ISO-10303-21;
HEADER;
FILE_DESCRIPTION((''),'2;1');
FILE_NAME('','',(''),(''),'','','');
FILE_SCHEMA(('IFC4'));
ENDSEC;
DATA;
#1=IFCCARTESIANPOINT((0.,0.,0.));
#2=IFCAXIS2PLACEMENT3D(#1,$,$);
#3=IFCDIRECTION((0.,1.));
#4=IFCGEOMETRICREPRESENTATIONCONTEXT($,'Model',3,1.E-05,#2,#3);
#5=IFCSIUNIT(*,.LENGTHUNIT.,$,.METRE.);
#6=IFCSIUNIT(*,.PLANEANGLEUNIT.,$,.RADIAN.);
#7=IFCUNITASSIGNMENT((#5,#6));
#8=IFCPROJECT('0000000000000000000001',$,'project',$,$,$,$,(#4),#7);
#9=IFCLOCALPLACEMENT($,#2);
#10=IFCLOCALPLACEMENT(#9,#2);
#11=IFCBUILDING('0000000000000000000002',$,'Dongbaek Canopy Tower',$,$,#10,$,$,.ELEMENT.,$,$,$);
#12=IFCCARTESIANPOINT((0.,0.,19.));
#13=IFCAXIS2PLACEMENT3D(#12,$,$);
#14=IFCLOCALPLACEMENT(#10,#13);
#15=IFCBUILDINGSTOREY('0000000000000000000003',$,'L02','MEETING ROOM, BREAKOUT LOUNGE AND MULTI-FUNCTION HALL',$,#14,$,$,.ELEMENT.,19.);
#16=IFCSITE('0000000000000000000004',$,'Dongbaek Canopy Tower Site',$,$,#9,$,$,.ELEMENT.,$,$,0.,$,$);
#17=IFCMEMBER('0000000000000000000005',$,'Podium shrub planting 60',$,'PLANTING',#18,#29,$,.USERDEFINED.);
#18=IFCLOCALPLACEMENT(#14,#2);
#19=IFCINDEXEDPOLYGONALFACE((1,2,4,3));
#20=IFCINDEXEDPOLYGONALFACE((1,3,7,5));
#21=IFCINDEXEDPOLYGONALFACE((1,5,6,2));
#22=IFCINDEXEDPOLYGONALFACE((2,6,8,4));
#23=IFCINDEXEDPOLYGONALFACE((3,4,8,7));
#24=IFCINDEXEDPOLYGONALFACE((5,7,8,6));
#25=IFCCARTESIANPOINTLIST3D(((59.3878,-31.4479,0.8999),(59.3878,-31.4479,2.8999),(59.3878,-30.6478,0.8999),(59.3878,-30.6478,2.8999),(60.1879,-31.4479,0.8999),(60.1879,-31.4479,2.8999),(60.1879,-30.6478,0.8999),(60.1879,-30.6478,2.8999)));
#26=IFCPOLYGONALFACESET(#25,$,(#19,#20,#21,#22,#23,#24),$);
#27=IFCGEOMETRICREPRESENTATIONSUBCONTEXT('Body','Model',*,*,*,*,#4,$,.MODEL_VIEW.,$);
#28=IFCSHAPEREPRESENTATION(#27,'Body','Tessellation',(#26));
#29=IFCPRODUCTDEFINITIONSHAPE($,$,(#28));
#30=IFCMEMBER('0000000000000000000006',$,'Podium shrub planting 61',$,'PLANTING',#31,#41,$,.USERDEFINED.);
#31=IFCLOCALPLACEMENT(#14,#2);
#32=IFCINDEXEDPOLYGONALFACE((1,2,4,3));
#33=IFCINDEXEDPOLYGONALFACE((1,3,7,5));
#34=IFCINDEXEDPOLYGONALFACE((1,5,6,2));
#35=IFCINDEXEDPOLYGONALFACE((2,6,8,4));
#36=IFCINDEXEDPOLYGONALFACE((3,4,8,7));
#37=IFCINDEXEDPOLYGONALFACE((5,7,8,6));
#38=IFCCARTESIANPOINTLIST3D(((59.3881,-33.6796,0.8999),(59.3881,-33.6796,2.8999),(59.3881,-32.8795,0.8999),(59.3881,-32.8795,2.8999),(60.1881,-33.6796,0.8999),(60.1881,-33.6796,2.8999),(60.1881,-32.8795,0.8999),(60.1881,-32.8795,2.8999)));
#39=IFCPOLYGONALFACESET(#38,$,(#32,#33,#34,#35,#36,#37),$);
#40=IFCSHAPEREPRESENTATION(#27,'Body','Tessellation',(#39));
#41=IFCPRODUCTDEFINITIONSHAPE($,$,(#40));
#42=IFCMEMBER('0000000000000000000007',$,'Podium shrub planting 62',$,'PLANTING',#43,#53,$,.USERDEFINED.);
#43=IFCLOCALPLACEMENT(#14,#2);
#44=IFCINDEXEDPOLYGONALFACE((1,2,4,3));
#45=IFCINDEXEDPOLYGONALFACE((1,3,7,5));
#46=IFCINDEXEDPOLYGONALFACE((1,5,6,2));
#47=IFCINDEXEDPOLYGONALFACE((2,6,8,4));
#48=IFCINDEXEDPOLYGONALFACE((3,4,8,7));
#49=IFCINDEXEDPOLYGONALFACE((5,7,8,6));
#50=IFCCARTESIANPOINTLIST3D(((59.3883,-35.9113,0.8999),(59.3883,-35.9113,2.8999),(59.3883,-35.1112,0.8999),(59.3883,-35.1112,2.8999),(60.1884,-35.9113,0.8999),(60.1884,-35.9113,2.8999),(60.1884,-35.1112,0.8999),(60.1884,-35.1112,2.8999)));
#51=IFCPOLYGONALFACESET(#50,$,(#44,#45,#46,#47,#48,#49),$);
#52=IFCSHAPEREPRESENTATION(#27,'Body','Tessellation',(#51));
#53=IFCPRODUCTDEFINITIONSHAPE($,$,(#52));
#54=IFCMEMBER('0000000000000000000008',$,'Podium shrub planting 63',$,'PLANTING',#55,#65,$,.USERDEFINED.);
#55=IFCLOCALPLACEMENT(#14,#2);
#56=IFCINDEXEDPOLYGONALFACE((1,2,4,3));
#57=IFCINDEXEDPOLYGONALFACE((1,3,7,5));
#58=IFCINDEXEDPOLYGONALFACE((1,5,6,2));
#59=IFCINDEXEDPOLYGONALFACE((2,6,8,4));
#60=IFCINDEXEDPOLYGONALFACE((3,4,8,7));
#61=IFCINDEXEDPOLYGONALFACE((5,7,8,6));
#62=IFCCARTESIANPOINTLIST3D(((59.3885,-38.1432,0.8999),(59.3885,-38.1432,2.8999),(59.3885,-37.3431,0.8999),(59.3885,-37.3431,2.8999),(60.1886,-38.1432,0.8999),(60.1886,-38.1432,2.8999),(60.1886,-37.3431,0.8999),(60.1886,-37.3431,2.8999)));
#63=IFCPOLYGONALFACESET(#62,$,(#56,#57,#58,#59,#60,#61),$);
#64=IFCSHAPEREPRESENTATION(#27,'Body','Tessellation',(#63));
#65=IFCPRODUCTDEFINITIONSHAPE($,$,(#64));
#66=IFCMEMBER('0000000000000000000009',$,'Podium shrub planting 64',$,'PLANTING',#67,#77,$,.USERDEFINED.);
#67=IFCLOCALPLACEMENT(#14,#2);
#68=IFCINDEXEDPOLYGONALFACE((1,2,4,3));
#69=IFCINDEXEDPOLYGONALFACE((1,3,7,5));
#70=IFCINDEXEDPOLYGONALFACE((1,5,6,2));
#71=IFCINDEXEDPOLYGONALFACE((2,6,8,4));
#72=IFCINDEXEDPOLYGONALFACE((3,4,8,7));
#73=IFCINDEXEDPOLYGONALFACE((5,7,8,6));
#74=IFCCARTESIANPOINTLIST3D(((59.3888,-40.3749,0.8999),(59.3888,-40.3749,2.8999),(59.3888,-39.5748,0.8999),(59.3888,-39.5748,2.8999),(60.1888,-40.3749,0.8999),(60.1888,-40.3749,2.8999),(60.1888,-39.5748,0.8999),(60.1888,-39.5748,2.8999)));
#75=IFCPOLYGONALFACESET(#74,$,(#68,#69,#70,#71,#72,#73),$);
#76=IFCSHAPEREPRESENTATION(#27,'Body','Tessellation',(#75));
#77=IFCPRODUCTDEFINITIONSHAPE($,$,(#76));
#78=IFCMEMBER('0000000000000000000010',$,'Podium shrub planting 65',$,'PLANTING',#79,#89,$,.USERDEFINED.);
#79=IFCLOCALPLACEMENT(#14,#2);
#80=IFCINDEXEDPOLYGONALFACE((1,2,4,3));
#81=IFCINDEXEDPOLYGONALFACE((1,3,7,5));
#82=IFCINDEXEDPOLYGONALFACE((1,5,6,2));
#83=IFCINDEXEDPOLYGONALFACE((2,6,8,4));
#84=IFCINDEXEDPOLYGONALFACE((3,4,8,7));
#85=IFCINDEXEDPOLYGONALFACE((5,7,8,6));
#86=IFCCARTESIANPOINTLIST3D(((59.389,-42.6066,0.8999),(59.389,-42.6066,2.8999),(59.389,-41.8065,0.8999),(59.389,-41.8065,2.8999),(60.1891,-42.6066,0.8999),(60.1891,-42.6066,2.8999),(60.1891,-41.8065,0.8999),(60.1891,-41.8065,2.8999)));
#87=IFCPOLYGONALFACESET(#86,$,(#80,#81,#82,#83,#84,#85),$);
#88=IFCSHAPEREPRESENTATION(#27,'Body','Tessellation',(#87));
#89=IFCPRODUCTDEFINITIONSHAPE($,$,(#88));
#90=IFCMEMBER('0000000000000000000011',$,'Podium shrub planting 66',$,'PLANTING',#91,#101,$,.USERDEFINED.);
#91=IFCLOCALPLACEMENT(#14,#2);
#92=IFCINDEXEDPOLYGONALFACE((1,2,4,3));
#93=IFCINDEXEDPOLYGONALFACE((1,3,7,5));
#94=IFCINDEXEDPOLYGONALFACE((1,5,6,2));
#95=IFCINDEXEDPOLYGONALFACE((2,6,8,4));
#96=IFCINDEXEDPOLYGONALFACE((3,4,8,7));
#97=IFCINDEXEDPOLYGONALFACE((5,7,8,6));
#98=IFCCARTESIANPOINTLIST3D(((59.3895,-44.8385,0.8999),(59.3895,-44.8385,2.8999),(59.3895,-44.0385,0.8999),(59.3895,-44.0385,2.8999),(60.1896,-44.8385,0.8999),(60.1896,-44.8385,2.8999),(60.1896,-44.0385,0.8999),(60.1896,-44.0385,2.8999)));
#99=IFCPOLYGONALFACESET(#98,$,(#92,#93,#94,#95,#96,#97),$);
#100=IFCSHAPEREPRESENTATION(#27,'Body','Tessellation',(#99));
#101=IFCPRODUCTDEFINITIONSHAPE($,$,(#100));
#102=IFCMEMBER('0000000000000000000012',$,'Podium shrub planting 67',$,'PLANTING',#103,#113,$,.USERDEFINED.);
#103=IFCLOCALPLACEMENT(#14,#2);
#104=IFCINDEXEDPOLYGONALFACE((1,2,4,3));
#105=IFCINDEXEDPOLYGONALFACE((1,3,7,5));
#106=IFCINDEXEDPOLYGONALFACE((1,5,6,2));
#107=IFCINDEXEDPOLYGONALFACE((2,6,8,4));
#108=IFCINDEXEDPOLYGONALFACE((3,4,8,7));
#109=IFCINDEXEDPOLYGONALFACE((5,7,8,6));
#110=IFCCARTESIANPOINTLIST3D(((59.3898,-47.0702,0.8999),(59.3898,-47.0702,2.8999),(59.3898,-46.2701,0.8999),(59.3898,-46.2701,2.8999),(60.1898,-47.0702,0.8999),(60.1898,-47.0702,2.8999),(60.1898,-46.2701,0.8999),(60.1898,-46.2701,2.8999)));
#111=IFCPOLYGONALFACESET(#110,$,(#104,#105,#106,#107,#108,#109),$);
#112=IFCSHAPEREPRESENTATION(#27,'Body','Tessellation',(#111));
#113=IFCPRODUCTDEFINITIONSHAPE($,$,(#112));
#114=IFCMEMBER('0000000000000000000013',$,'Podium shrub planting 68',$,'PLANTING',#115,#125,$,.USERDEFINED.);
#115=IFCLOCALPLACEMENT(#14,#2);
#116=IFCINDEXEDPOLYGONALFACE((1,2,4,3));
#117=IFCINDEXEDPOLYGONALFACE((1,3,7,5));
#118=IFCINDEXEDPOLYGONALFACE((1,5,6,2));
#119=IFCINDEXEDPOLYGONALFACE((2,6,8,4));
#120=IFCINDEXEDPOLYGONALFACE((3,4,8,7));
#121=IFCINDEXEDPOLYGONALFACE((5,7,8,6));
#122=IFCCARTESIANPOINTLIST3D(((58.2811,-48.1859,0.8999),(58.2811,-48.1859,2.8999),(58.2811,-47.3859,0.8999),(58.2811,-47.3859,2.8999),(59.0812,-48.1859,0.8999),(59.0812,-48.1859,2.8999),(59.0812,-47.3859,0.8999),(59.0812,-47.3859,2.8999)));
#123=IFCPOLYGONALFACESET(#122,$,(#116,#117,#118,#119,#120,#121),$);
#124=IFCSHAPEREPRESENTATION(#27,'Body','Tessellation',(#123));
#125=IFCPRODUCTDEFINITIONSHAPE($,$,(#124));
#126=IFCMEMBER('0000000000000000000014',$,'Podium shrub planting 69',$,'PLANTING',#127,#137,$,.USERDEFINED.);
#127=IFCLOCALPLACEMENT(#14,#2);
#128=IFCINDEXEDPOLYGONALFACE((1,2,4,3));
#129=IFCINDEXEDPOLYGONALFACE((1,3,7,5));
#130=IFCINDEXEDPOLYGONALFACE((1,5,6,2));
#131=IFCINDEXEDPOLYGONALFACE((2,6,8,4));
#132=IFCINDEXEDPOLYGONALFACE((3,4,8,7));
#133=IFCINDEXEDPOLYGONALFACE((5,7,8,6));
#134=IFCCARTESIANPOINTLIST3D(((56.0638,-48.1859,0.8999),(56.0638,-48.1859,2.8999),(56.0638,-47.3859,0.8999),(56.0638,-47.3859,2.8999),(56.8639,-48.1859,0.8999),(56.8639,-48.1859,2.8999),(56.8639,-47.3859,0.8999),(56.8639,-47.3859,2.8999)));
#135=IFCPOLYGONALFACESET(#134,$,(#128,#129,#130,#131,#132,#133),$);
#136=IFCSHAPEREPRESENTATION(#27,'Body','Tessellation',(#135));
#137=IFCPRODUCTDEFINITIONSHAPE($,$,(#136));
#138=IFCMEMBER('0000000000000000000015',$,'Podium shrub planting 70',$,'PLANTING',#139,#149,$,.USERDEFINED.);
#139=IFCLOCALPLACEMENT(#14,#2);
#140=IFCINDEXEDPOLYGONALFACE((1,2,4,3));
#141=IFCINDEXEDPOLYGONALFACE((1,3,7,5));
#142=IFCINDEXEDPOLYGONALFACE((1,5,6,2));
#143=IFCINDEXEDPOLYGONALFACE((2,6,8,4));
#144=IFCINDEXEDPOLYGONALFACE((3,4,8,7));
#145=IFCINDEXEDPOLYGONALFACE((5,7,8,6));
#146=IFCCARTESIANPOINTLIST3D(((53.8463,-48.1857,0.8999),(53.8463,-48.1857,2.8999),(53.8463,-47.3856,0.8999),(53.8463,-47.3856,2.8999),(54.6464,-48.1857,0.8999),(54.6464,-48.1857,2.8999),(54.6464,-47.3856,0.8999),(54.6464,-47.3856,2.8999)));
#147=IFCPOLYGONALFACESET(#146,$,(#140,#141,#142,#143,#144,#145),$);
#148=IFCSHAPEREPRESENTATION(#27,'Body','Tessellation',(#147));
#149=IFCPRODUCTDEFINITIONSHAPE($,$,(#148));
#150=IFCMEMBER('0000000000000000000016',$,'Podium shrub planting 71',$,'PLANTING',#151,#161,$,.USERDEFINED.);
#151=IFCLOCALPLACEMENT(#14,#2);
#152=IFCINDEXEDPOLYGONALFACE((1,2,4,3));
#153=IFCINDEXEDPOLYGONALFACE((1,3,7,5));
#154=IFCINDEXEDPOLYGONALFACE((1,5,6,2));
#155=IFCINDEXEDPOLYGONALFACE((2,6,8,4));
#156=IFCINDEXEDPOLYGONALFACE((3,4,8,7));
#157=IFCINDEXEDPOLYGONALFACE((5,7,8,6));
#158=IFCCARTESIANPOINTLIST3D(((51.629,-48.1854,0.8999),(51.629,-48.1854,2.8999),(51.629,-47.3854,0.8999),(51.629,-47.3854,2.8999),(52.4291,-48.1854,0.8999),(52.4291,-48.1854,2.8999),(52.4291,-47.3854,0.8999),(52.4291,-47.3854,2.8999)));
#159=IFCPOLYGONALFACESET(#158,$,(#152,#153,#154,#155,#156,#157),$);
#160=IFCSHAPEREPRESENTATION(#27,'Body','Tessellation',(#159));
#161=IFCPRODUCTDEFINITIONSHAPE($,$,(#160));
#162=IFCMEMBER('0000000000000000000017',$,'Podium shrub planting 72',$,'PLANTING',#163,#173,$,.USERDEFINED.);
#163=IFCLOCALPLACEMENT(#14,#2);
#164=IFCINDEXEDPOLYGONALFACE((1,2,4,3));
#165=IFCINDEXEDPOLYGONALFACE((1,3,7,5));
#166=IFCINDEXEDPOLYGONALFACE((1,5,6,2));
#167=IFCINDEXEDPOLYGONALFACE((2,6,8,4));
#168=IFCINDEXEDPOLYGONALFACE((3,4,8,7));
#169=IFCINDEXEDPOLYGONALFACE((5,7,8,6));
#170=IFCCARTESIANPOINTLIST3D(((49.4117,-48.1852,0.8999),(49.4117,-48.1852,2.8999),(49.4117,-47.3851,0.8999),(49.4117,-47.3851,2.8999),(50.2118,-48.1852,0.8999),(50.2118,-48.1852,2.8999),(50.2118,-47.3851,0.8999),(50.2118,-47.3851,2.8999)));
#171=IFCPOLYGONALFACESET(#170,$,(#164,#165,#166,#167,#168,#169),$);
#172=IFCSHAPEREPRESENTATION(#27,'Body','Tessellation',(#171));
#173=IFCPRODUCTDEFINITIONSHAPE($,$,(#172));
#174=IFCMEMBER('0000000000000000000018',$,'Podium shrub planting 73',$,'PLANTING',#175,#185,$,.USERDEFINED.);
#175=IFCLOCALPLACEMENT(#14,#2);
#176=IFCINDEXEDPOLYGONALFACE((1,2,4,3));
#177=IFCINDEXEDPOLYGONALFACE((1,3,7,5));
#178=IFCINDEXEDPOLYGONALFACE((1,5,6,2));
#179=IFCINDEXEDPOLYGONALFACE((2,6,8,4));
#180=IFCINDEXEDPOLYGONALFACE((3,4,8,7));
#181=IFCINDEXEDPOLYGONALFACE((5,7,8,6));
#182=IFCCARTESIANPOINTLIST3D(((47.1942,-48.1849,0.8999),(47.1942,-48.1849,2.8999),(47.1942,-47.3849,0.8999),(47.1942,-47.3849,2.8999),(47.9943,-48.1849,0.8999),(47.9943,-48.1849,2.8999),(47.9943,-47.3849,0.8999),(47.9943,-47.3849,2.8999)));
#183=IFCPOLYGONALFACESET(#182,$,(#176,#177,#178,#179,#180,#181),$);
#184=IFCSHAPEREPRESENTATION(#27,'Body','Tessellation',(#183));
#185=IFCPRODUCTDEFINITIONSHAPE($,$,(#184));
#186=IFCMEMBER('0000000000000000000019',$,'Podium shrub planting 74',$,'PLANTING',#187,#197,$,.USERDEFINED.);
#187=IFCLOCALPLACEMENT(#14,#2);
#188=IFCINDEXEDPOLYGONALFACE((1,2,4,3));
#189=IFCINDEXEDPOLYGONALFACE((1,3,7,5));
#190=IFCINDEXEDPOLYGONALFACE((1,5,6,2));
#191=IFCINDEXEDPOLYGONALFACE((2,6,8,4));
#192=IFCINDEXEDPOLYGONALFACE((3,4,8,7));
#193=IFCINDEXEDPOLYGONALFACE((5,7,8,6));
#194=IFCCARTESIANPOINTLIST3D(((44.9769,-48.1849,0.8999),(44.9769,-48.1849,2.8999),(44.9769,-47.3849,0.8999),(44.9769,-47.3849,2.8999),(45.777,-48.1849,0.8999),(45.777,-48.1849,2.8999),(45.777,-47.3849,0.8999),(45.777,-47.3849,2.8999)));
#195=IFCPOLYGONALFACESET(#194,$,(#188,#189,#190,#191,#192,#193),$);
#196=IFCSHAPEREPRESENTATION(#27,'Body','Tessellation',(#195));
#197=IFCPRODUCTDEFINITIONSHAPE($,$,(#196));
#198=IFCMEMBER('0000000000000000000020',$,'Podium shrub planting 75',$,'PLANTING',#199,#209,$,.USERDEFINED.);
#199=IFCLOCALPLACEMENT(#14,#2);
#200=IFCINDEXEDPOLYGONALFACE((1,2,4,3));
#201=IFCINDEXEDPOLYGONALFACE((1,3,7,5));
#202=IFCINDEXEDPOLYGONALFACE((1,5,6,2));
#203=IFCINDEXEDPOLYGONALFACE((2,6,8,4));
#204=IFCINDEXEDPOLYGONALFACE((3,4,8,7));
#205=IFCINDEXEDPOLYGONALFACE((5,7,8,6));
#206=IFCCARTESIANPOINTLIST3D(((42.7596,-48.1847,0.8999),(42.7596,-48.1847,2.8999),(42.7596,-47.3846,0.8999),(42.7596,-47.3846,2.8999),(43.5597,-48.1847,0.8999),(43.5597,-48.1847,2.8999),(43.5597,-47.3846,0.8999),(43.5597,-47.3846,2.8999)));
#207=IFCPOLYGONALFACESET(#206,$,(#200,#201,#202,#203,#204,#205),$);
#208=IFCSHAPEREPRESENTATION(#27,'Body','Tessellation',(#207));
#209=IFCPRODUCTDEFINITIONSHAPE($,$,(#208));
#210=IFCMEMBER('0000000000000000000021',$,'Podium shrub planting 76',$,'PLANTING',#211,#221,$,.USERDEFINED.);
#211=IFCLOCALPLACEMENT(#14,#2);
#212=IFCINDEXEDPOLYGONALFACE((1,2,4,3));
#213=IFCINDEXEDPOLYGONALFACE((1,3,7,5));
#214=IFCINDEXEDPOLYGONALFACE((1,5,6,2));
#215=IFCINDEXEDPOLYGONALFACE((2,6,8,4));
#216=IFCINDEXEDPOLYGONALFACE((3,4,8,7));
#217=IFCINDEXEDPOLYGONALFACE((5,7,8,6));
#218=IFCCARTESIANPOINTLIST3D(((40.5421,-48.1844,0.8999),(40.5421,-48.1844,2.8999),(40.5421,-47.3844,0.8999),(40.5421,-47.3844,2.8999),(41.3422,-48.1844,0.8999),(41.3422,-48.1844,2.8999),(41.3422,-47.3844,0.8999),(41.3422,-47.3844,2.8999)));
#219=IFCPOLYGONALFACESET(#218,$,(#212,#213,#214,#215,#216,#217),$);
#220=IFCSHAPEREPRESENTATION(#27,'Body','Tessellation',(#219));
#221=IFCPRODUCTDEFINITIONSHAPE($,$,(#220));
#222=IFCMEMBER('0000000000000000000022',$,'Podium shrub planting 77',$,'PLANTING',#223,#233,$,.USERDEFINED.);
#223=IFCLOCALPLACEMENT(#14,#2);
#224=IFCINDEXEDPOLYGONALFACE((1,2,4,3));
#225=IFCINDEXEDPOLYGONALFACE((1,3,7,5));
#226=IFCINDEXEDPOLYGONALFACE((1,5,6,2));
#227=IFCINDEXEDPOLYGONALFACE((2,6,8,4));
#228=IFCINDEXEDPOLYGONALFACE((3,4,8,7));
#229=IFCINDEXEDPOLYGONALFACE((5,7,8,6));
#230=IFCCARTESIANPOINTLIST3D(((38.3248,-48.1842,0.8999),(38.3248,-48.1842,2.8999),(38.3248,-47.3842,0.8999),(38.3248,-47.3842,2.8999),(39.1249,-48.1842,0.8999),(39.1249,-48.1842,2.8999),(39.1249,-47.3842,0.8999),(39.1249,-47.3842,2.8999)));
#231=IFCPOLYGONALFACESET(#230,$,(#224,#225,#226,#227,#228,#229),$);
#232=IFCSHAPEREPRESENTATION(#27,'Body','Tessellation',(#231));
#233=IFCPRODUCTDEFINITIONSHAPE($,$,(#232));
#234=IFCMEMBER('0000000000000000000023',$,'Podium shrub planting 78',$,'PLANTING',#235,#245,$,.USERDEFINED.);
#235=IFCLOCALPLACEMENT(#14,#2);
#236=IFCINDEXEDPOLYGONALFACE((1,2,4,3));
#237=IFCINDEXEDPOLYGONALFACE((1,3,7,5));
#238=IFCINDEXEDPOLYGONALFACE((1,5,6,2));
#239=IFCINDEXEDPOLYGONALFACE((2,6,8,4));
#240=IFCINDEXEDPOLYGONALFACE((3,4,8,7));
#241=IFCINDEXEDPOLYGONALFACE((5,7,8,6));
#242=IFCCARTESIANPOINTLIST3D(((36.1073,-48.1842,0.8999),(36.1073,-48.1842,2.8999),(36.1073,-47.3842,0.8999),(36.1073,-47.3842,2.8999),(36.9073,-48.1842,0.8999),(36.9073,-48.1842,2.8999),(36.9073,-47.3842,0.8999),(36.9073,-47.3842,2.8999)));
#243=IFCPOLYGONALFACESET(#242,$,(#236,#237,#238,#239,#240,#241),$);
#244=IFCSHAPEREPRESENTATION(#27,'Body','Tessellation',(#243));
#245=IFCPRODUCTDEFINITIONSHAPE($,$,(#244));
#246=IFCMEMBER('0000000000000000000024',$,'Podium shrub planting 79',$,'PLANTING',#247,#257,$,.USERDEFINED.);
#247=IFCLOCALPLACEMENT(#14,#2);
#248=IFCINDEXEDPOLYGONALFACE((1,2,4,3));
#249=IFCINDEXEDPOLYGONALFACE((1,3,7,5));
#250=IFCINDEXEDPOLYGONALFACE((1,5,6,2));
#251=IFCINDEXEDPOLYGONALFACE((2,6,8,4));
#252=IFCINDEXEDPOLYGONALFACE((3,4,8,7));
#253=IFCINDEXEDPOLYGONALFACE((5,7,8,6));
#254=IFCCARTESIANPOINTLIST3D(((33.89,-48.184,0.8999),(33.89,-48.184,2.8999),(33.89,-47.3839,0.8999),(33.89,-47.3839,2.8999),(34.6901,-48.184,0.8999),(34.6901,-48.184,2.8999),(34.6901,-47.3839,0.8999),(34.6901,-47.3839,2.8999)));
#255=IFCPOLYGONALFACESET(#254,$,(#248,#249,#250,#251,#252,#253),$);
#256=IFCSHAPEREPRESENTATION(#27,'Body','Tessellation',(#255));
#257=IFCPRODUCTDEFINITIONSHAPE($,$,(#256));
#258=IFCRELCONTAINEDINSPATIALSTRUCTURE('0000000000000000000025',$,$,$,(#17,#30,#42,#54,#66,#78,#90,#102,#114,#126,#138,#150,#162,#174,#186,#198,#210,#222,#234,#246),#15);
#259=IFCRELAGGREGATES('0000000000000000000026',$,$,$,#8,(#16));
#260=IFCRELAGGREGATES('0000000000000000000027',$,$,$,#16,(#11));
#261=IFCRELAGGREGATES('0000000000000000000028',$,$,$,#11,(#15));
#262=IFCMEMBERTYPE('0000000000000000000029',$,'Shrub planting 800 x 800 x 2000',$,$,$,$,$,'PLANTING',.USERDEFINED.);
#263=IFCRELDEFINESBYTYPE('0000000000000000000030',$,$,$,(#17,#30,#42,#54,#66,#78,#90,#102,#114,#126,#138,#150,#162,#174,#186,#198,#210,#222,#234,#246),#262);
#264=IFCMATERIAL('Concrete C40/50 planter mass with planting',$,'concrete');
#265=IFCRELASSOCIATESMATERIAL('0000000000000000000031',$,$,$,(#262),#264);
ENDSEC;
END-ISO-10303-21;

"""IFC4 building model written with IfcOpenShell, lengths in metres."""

from ifc_helpers import new_model, si_unit, direction, frame, origin, origin_2d, place, context, subcontext, project, spatial, rectangle, extrude, material, material_profile, profile_set, type_object, element, save


model = new_model("IFC4")

# Units and contexts
model_context = context("Model", 3, precision=1e-05, world=origin(), true_north=direction((0.0, 1.0)))
body_context = subcontext(model_context, "Body", "Model", "MODEL_VIEW")
ifc_project = project(units=[si_unit("LENGTHUNIT", "METRE"), si_unit("PLANEANGLEUNIT", "RADIAN")], contexts=[model_context])

# Site, building, storey
site_placement = place(None, origin())
site = spatial("IfcSite", under=ifc_project, at=site_placement, Name="Dongbaek Canopy Tower Site", CompositionType="ELEMENT", RefElevation=0.0)
building_placement = place(site_placement, origin())
building = spatial("IfcBuilding", under=site, at=building_placement, Name="Dongbaek Canopy Tower", CompositionType="ELEMENT")
storey_placement = place(building_placement, frame((0.0, 0.0, 19.0)))
storey = spatial("IfcBuildingStorey", under=building, at=storey_placement, Name="L02", Description="MEETING ROOM, BREAKOUT LOUNGE AND MULTI-FUNCTION HALL", CompositionType="ELEMENT", Elevation=19.0)

# Members
ifc_material_1 = material(Name="Concrete C40/50 planter mass with planting", Category="concrete")
ifc_material_profile = material_profile(ifc_material_1, rectangle(XDim=0.8, YDim=0.8, at=origin_2d()), Name="Shrub planting 800 x 800 x 2000")
ifc_profile_set = profile_set([ifc_material_profile], Name="Concrete C40/50 planter mass with planting")
member_type = type_object("IfcMemberType", Name="Shrub planting 800 x 800 x 2000", ElementType="PLANTING", PredefinedType="USERDEFINED", material=ifc_profile_set)
for number, where, z_axis, x_axis, name in (
    (1, (59.7878, -31.0479, 0.8999), (0.0, 0.0, 1.0), (1.0, 0.0, 0.0), "Podium shrub planting 60"),
    (2, (59.7881, -33.2795, 0.8999), (0.0, 0.0, 1.0), (1.0, 0.0, 0.0), "Podium shrub planting 61"),
    (3, (59.7883, -35.5112, 0.8999), (0.0, 0.0, 1.0), (1.0, 0.0, 0.0), "Podium shrub planting 62"),
    (4, (59.7886, -37.7432, 0.8999), (0.0, 0.0, 1.0), (1.0, 0.0, 0.0), "Podium shrub planting 63"),
    (5, (59.7888, -39.9749, 0.8999), (0.0, 0.0, 1.0), (1.0, 0.0, 0.0), "Podium shrub planting 64"),
    (6, (59.7891, -42.2065, 0.8999), (0.0, 0.0, 1.0), (1.0, 0.0, 0.0), "Podium shrub planting 65"),
    (7, (59.7896, -44.4385, 0.8999), (0.0, 0.0, 1.0), (1.0, 0.0, 0.0), "Podium shrub planting 66"),
    (8, (59.7898, -46.6702, 0.8999), (0.0, 0.0, 1.0), (1.0, 0.0, 0.0), "Podium shrub planting 67"),
    (9, (58.6812, -47.7859, 0.8999), (0.0, 0.0, 1.0), (1.0, 0.0, 0.0), "Podium shrub planting 68"),
    (10, (56.4639, -47.7859, 0.8999), (0.0, 0.0, 1.0), (1.0, 0.0, 0.0), "Podium shrub planting 69"),
    (11, (54.2463, -47.7856, 0.8999), (0.0, 0.0, 1.0), (1.0, 0.0, 0.0), "Podium shrub planting 70"),
    (12, (52.0291, -47.7854, 0.8999), (0.0, 0.0, 1.0), (1.0, 0.0, 0.0), "Podium shrub planting 71"),
    (13, (49.8118, -47.7852, 0.8999), (0.0, 0.0, 1.0), (1.0, 0.0, 0.0), "Podium shrub planting 72"),
    (14, (47.5942, -47.7849, 0.8999), (0.0, 0.0, 1.0), (1.0, 0.0, 0.0), "Podium shrub planting 73"),
    (15, (45.377, -47.7849, 0.8999), (0.0, 0.0, 1.0), (1.0, 0.0, 0.0), "Podium shrub planting 74"),
    (16, (43.1597, -47.7847, 0.8999), (0.0, 0.0, 1.0), (1.0, 0.0, 0.0), "Podium shrub planting 75"),
    (17, (40.9421, -47.7844, 0.8999), (0.0, 0.0, 1.0), (1.0, 0.0, 0.0), "Podium shrub planting 76"),
    (18, (38.7249, -47.7842, 0.8999), (0.0, 0.0, 1.0), (1.0, 0.0, 0.0), "Podium shrub planting 77"),
    (19, (36.5073, -47.7842, 0.8999), (0.0, 0.0, 1.0), (1.0, 0.0, 0.0), "Podium shrub planting 78"),
    (20, (34.29, -47.7839, 0.8999), (0.0, 0.0, 1.0), (1.0, 0.0, 0.0), "Podium shrub planting 79"),
):
    element("IfcMember", number, at=place(storey_placement, frame(where, z_axis=z_axis, x_axis=x_axis)), inside=storey, type_object=member_type, Name=name, ObjectType="PLANTING", PredefinedType="USERDEFINED", context=body_context, shape_type="SweptSolid", body=[
        extrude(rectangle(XDim=0.8, YDim=0.8, at=origin_2d()), origin(), (0.0, 0.0, 1.0), 2.0),
    ])

save(model, "model.ifc")
